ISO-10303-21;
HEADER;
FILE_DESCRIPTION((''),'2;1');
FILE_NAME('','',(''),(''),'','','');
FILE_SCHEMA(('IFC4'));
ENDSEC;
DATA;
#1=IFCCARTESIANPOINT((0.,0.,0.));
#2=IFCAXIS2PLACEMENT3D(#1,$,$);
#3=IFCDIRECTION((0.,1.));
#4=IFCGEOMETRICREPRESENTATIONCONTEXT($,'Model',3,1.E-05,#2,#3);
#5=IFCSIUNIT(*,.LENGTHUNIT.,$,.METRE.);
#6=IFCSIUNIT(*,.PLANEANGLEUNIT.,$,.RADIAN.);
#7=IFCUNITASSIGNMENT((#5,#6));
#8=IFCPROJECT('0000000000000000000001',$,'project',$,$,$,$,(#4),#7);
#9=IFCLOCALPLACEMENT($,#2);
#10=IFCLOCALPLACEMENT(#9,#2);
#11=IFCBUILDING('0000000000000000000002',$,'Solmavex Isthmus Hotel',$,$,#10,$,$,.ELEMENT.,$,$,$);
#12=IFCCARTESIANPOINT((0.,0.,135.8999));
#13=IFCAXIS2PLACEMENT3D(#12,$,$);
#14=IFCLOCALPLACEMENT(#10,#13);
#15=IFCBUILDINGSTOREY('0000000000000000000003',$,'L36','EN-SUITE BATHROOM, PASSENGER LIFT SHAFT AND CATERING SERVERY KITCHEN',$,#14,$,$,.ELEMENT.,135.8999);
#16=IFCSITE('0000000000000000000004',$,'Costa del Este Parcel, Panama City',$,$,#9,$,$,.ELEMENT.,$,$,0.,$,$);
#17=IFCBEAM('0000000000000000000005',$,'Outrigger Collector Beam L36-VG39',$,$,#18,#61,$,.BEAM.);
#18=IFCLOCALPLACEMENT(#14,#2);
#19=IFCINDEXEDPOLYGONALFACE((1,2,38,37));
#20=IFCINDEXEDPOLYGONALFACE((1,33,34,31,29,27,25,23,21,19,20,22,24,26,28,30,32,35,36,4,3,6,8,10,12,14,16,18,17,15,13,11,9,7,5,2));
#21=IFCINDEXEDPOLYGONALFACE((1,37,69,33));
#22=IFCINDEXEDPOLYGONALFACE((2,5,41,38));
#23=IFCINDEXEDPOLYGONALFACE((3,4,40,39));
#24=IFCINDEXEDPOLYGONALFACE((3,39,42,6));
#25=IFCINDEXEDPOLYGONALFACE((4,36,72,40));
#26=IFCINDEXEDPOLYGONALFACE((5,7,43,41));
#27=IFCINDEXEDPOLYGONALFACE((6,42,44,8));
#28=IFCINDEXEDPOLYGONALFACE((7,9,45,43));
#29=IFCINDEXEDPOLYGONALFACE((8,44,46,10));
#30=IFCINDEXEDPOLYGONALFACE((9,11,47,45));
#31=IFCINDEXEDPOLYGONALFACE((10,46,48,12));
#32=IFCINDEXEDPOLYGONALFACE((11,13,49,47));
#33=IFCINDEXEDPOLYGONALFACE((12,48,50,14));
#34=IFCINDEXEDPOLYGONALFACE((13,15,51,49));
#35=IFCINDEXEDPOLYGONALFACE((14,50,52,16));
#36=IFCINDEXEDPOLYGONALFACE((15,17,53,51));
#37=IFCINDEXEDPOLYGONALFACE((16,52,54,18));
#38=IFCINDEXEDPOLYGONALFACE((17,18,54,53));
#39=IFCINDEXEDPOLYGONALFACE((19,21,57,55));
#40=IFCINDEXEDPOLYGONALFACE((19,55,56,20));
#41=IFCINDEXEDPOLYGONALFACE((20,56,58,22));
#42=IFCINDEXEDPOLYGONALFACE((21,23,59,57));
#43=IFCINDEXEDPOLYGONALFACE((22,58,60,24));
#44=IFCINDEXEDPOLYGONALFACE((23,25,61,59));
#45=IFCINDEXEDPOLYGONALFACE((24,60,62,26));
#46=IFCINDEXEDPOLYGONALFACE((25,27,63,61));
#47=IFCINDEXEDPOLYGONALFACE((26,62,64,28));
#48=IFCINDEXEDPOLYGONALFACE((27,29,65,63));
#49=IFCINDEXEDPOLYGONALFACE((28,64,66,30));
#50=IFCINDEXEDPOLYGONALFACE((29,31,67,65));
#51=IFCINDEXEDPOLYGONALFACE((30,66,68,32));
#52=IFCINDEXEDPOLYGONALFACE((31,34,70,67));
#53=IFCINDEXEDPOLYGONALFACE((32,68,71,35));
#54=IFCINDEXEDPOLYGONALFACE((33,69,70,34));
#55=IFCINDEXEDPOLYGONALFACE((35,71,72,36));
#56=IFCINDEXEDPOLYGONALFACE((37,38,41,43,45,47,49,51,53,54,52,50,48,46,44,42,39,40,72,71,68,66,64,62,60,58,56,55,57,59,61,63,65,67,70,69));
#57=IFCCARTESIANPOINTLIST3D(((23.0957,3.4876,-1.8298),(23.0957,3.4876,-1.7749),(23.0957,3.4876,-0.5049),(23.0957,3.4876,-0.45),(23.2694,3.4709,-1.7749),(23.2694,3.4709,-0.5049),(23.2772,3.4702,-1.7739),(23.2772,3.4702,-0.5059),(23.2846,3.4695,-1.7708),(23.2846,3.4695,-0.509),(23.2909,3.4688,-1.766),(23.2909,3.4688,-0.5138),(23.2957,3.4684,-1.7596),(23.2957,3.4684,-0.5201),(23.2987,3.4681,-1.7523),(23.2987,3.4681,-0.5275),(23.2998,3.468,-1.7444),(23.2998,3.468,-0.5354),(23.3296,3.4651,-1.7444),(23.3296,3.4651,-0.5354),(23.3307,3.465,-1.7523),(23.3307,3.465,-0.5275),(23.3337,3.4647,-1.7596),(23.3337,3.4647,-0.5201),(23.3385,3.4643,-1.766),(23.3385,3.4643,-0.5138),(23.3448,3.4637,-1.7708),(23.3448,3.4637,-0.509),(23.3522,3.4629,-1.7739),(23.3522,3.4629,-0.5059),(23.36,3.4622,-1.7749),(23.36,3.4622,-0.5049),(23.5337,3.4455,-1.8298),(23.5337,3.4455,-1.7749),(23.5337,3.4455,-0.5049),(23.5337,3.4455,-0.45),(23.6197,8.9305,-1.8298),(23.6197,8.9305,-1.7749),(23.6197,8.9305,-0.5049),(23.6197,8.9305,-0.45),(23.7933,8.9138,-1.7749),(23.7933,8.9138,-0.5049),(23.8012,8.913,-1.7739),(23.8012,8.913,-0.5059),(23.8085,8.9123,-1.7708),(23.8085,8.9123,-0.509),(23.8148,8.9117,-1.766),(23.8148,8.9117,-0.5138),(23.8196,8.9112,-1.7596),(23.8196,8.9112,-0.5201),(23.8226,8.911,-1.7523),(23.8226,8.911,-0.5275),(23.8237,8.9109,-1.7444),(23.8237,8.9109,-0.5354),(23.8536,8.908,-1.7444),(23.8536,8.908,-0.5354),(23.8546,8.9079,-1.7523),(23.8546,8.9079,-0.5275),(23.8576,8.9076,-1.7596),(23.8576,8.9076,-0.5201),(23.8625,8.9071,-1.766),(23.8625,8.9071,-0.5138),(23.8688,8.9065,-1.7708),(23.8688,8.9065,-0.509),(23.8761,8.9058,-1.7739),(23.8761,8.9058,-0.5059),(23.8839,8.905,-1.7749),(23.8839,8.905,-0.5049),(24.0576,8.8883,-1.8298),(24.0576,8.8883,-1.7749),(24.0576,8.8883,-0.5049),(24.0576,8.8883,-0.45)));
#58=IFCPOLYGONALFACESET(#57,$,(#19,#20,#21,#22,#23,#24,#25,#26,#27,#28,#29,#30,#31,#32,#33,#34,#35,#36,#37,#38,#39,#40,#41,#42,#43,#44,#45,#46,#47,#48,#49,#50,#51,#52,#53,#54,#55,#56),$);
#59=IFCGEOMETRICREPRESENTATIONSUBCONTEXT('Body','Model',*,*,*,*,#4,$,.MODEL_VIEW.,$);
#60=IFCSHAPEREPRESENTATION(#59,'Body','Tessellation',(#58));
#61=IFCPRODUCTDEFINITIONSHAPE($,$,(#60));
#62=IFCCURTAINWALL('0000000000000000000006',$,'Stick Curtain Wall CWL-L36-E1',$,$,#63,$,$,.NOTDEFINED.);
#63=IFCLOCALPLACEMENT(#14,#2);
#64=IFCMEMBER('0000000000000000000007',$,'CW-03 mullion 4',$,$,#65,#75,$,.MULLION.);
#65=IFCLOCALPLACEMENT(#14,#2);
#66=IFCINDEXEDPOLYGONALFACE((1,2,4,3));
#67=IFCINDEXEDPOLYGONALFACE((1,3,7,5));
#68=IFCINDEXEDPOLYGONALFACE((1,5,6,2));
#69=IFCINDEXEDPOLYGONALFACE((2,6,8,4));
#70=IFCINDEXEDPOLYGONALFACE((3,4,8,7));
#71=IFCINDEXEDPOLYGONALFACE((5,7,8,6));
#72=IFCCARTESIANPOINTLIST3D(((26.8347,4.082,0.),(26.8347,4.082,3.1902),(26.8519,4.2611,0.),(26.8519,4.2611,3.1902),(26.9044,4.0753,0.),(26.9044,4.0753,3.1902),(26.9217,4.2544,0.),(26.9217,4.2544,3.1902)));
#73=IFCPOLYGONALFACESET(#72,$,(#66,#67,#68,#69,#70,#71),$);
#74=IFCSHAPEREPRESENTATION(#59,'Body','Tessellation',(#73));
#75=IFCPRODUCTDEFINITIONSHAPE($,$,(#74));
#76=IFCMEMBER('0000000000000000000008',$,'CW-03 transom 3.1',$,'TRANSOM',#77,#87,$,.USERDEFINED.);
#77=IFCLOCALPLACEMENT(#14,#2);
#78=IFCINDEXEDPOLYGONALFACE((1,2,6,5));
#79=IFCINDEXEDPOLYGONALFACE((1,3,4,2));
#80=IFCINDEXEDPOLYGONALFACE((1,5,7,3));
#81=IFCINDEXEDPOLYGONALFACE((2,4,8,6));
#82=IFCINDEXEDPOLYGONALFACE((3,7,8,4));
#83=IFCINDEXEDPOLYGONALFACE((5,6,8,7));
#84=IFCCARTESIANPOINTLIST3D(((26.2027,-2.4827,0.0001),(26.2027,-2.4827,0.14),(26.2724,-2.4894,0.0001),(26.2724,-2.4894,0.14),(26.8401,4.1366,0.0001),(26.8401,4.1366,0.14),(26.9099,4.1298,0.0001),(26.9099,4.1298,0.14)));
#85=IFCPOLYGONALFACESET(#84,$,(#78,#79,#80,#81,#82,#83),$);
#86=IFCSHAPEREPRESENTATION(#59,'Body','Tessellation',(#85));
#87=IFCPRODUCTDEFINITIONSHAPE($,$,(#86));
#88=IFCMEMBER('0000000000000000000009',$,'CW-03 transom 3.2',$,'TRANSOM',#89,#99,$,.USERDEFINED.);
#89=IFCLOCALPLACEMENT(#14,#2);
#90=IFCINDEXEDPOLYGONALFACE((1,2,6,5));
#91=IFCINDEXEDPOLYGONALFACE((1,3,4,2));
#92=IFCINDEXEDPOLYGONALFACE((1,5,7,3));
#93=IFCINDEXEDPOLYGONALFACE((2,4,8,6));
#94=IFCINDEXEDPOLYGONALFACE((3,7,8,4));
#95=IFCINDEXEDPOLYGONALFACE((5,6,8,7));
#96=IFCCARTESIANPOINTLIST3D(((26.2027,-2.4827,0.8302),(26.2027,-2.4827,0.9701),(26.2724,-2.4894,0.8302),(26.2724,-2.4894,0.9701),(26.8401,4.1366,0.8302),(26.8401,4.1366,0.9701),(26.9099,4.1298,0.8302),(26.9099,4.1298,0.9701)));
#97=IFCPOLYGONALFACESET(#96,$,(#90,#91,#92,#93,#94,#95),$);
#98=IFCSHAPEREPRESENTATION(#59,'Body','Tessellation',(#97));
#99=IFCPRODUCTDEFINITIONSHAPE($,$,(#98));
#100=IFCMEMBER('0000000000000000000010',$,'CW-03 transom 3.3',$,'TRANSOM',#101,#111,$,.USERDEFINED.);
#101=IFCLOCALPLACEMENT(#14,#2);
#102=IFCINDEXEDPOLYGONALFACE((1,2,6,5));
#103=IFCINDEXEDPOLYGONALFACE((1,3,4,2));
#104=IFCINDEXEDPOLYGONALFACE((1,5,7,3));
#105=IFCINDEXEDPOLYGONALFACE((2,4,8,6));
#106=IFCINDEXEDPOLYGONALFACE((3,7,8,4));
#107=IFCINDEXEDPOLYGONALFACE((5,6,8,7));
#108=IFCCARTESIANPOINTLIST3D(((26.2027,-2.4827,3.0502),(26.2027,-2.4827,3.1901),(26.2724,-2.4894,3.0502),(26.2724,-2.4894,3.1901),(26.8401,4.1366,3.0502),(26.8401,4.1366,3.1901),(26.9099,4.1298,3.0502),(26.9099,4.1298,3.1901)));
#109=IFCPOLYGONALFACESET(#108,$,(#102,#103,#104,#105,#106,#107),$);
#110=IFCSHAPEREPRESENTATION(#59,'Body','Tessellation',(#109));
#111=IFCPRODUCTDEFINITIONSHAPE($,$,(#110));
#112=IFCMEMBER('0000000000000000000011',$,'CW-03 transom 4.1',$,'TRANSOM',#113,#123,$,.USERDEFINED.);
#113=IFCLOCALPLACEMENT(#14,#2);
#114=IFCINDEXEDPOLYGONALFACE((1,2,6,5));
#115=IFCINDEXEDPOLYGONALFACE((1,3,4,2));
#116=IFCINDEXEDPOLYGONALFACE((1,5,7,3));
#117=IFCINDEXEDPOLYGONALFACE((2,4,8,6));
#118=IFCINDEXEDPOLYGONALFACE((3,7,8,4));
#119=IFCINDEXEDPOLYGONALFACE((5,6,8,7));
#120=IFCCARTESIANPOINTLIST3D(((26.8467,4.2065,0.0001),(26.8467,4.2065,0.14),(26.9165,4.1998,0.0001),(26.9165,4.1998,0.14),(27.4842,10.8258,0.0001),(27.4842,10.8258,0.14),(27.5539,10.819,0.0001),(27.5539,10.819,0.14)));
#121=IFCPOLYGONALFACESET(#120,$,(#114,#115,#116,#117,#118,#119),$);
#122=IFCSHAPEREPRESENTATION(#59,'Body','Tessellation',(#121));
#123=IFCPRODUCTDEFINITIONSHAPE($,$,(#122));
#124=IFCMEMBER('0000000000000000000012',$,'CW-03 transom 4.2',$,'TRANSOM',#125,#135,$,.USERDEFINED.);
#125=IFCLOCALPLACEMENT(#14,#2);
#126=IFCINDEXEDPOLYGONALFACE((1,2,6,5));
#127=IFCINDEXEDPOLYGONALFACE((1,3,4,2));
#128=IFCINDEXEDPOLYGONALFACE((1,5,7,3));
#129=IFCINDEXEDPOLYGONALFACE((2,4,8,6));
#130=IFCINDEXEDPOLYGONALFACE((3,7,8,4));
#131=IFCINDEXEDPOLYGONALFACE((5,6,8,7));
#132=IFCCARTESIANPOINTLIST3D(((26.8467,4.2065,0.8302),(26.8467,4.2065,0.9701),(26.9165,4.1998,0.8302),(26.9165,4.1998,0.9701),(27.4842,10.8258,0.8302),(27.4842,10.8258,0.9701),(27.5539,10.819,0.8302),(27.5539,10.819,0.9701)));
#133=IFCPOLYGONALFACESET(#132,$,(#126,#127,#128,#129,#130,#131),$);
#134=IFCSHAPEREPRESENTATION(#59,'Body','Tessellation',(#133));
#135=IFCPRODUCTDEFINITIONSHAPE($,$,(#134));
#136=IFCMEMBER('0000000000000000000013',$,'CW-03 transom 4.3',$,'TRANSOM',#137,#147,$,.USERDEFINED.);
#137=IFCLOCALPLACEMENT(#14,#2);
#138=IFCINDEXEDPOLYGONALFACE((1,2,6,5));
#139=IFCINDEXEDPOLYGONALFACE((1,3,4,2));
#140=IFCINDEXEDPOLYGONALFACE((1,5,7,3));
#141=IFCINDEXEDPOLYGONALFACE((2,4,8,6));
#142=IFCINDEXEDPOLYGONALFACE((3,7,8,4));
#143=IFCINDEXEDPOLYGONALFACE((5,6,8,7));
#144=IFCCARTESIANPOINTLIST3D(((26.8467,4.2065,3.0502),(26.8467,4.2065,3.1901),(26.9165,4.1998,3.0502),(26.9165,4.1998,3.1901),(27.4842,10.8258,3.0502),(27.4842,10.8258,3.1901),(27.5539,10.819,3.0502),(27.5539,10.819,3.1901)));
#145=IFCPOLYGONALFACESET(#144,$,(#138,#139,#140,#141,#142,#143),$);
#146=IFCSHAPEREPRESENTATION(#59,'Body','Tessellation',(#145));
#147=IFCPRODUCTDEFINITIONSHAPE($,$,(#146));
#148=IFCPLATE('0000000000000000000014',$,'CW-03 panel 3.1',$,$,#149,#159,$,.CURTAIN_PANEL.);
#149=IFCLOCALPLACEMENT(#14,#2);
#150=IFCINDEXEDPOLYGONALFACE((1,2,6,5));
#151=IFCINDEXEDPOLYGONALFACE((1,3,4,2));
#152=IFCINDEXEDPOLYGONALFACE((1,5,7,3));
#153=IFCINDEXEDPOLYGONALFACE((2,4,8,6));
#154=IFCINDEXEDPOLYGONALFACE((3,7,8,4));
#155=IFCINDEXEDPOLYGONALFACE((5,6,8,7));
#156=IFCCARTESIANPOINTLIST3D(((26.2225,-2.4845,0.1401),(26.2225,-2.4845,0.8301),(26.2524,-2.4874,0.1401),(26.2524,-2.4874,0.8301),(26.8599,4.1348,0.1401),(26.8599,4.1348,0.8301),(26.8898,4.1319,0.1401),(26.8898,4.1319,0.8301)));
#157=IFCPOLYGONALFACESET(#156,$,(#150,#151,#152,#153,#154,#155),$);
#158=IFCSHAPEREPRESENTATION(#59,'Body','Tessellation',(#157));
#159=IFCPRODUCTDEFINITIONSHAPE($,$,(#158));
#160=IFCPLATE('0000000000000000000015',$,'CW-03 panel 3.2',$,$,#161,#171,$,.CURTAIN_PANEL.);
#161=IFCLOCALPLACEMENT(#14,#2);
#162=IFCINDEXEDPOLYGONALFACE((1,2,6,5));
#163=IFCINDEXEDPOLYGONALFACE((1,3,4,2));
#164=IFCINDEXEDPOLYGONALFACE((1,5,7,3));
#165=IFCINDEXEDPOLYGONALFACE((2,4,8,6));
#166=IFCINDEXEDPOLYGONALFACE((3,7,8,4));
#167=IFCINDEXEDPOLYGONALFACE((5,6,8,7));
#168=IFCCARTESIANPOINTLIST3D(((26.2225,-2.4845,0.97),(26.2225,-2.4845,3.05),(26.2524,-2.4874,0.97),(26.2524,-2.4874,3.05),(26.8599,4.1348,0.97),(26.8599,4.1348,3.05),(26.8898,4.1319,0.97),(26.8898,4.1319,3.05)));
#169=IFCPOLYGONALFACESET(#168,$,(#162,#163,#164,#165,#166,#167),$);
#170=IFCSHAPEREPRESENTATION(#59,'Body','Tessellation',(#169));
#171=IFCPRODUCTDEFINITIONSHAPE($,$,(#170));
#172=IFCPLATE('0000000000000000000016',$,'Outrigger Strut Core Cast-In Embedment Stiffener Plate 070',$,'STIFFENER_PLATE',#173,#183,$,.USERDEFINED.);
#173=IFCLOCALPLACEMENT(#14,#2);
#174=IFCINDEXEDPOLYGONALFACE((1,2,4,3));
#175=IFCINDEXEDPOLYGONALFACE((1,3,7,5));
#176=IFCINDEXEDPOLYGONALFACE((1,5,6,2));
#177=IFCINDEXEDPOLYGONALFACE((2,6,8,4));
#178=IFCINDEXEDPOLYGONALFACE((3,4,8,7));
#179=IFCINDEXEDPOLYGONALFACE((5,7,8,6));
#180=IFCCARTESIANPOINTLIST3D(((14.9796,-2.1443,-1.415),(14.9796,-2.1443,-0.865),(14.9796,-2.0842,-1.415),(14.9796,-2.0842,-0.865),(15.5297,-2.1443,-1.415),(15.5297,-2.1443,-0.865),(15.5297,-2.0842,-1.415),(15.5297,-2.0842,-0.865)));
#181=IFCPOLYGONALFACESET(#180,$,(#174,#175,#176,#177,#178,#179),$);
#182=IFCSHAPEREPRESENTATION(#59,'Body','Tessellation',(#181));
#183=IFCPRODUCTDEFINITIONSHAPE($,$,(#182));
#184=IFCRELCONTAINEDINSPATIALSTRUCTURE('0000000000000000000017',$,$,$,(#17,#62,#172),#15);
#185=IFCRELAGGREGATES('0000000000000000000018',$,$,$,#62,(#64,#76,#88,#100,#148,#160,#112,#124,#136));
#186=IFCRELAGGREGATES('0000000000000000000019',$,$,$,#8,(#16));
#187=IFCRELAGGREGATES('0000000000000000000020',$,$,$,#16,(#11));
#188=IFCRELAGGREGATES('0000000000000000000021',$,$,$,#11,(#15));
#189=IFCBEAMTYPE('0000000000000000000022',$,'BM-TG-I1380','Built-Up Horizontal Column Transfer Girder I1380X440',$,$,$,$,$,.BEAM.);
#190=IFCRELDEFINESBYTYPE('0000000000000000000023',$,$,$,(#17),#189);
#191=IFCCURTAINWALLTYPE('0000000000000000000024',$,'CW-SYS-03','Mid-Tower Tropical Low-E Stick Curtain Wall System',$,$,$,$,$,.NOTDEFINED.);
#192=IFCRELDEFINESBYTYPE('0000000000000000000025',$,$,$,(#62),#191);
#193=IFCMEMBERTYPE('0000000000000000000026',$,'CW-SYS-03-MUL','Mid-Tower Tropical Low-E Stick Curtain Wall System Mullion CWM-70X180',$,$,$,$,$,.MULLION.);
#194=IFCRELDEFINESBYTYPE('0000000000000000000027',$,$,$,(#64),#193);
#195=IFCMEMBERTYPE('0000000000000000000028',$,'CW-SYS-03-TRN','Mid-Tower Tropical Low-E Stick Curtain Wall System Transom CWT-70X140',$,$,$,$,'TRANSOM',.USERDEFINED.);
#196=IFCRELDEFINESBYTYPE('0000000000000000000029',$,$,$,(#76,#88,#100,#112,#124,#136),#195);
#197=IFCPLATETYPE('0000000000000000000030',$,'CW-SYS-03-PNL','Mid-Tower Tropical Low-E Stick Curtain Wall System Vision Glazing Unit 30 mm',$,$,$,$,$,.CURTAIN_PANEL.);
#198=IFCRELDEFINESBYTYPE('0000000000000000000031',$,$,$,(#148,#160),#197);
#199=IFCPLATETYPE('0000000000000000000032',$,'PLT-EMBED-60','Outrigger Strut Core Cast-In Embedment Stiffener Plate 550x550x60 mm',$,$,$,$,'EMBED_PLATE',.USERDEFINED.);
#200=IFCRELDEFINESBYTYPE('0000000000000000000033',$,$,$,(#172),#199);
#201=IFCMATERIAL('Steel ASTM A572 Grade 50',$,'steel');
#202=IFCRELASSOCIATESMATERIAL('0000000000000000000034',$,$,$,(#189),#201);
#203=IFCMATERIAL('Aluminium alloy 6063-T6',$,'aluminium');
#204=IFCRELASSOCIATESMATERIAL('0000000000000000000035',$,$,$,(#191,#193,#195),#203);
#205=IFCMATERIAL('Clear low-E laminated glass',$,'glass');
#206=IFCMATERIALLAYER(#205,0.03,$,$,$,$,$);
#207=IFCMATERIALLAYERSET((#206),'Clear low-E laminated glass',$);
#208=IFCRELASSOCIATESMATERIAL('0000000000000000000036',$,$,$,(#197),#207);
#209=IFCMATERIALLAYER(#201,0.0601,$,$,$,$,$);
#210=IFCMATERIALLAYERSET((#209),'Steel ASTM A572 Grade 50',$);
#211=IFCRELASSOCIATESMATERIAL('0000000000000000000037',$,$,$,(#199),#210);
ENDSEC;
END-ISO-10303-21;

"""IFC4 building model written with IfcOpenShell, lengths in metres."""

from ifc_helpers import new_model, si_unit, direction, frame, origin, origin_2d, place, context, subcontext, project, spatial, rectangle, i_section, extrude, material, layer, layer_set, material_profile, profile_set, type_object, element, aggregate, save


model = new_model("IFC4")

# Units and contexts
model_context = context("Model", 3, precision=1e-05, world=origin(), true_north=direction((0.0, 1.0)))
body_context = subcontext(model_context, "Body", "Model", "MODEL_VIEW")
ifc_project = project(units=[si_unit("LENGTHUNIT", "METRE"), si_unit("PLANEANGLEUNIT", "RADIAN")], contexts=[model_context])

# Site, building, storey
site_placement = place(None, origin())
site = spatial("IfcSite", under=ifc_project, at=site_placement, Name="Costa del Este Parcel, Panama City", CompositionType="ELEMENT", RefElevation=0.0)
building_placement = place(site_placement, origin())
building = spatial("IfcBuilding", under=site, at=building_placement, Name="Solmavex Isthmus Hotel", CompositionType="ELEMENT")
storey_placement = place(building_placement, frame((0.0, 0.0, 135.8999)))
storey = spatial("IfcBuildingStorey", under=building, at=storey_placement, Name="L36", Description="EN-SUITE BATHROOM, PASSENGER LIFT SHAFT AND CATERING SERVERY KITCHEN", CompositionType="ELEMENT", Elevation=135.8999)

# Beam
ifc_material_1 = material(Name="Steel ASTM A572 Grade 50", Category="steel")
ifc_material_profile_1 = material_profile(ifc_material_1, i_section(OverallWidth=0.4399, OverallDepth=1.3799, WebThickness=0.03, FlangeThickness=0.0549, FilletRadius=0.0305, at=origin_2d()), Name="I1380X440")
ifc_profile_set_1 = profile_set([ifc_material_profile_1], Name="Steel ASTM A572 Grade 50")
beam_type_1 = type_object("IfcBeamType", Name="BM-TG-I1380", Description="Built-Up Horizontal Column Transfer Girder I1380X440", PredefinedType="BEAM", material=ifc_profile_set_1)
beam_1_placement = place(storey_placement, frame((23.3147, 3.4666, -1.1399), z_axis=(0.095816, 0.995399, 0.0), x_axis=(-0.995399, 0.095816, 0.0)))
element("IfcBeam", 1, at=beam_1_placement, inside=storey, type_object=beam_type_1, Name="Outrigger Collector Beam L36-VG39", PredefinedType="BEAM", context=body_context, shape_type="SweptSolid", body=[
    extrude(i_section(OverallWidth=0.4399, OverallDepth=1.3799, WebThickness=0.03, FlangeThickness=0.0549, FilletRadius=0.0305, at=origin_2d()), origin(), (0.0, 0.0, 1.0), 5.468),
])

# Curtain wall, members, plates
ifc_material_2 = material(Name="Aluminium alloy 6063-T6", Category="aluminium")
curtain_wall_type = type_object("IfcCurtainWallType", Name="CW-SYS-03", Description="Mid-Tower Tropical Low-E Stick Curtain Wall System", PredefinedType="NOTDEFINED", material=ifc_material_2)
curtain_wall_placement = place(storey_placement, origin())
curtain_wall = element("IfcCurtainWall", 2, at=curtain_wall_placement, inside=storey, type_object=curtain_wall_type, Name="Stick Curtain Wall CWL-L36-E1", PredefinedType="NOTDEFINED")
ifc_material_profile_2 = material_profile(ifc_material_2, rectangle(XDim=0.0701, YDim=0.1799, at=origin_2d()), Name="CWM-70X180")
ifc_profile_set_2 = profile_set([ifc_material_profile_2], Name="Aluminium alloy 6063-T6")
member_type_1 = type_object("IfcMemberType", Name="CW-SYS-03-MUL", Description="Mid-Tower Tropical Low-E Stick Curtain Wall System Mullion CWM-70X180", PredefinedType="MULLION", material=ifc_profile_set_2)
member_1_placement = place(storey_placement, frame((26.8782, 4.1682, 0.0), z_axis=(0.0, 0.0, 1.0), x_axis=(-0.995396, 0.095846, 0.0)))
member_1 = element("IfcMember", 3, at=member_1_placement, type_object=member_type_1, Name="CW-03 mullion 4", PredefinedType="MULLION", context=body_context, shape_type="SweptSolid", body=[
    extrude(rectangle(XDim=0.0701, YDim=0.1799, at=origin_2d()), origin(), (0.0, 0.0, 1.0), 3.1902),
])
ifc_material_profile_3 = material_profile(ifc_material_2, rectangle(XDim=0.0701, YDim=0.1399, at=origin_2d()), Name="CWT-70X140")
ifc_profile_set_3 = profile_set([ifc_material_profile_3], Name="Aluminium alloy 6063-T6")
member_type_2 = type_object("IfcMemberType", Name="CW-SYS-03-TRN", Description="Mid-Tower Tropical Low-E Stick Curtain Wall System Transom CWT-70X140", ElementType="TRANSOM", PredefinedType="USERDEFINED", material=ifc_profile_set_3)
member_2_placement = place(storey_placement, frame((26.2375, -2.4861, 0.0701), z_axis=(0.095857, 0.995395, 0.0), x_axis=(-0.995395, 0.095857, 0.0)))
member_2 = element("IfcMember", 4, at=member_2_placement, type_object=member_type_2, Name="CW-03 transom 3.1", ObjectType="TRANSOM", PredefinedType="USERDEFINED", context=body_context, shape_type="SweptSolid", body=[
    extrude(rectangle(XDim=0.0701, YDim=0.1399, at=origin_2d()), origin(), (0.0, 0.0, 1.0), 6.6499),
])
member_3_placement = place(storey_placement, frame((26.2375, -2.4861, 0.9001), z_axis=(0.095857, 0.995395, 0.0), x_axis=(-0.995395, 0.095857, 0.0)))
member_3 = element("IfcMember", 5, at=member_3_placement, type_object=member_type_2, Name="CW-03 transom 3.2", ObjectType="TRANSOM", PredefinedType="USERDEFINED", context=body_context, shape_type="SweptSolid", body=[
    extrude(rectangle(XDim=0.0701, YDim=0.1399, at=origin_2d()), origin(), (0.0, 0.0, 1.0), 6.6499),
])
member_4_placement = place(storey_placement, frame((26.2375, -2.4861, 3.1201), z_axis=(0.095857, 0.995395, 0.0), x_axis=(-0.995395, 0.095857, 0.0)))
member_4 = element("IfcMember", 6, at=member_4_placement, type_object=member_type_2, Name="CW-03 transom 3.3", ObjectType="TRANSOM", PredefinedType="USERDEFINED", context=body_context, shape_type="SweptSolid", body=[
    extrude(rectangle(XDim=0.0701, YDim=0.1399, at=origin_2d()), origin(), (0.0, 0.0, 1.0), 6.6499),
])
member_5_placement = place(storey_placement, frame((26.8816, 4.2031, 0.0701), z_axis=(0.095857, 0.995395, 0.0), x_axis=(-0.995395, 0.095857, 0.0)))
member_5 = element("IfcMember", 7, at=member_5_placement, type_object=member_type_2, Name="CW-03 transom 4.1", ObjectType="TRANSOM", PredefinedType="USERDEFINED", context=body_context, shape_type="SweptSolid", body=[
    extrude(rectangle(XDim=0.0701, YDim=0.1399, at=origin_2d()), origin(), (0.0, 0.0, 1.0), 6.6499),
])
member_6_placement = place(storey_placement, frame((26.8816, 4.2031, 0.9001), z_axis=(0.095857, 0.995395, 0.0), x_axis=(-0.995395, 0.095857, 0.0)))
member_6 = element("IfcMember", 8, at=member_6_placement, type_object=member_type_2, Name="CW-03 transom 4.2", ObjectType="TRANSOM", PredefinedType="USERDEFINED", context=body_context, shape_type="SweptSolid", body=[
    extrude(rectangle(XDim=0.0701, YDim=0.1399, at=origin_2d()), origin(), (0.0, 0.0, 1.0), 6.6499),
])
member_7_placement = place(storey_placement, frame((26.8816, 4.2031, 3.1201), z_axis=(0.095857, 0.995395, 0.0), x_axis=(-0.995395, 0.095857, 0.0)))
member_7 = element("IfcMember", 9, at=member_7_placement, type_object=member_type_2, Name="CW-03 transom 4.3", ObjectType="TRANSOM", PredefinedType="USERDEFINED", context=body_context, shape_type="SweptSolid", body=[
    extrude(rectangle(XDim=0.0701, YDim=0.1399, at=origin_2d()), origin(), (0.0, 0.0, 1.0), 6.6499),
])
ifc_material_3 = material(Name="Clear low-E laminated glass", Category="glass")
ifc_layer_1 = layer(ifc_material_3, 0.03)
ifc_layer_set_1 = layer_set([ifc_layer_1], Name="Clear low-E laminated glass")
plate_type_1 = type_object("IfcPlateType", Name="CW-SYS-03-PNL", Description="Mid-Tower Tropical Low-E Stick Curtain Wall System Vision Glazing Unit 30 mm", PredefinedType="CURTAIN_PANEL", material=ifc_layer_set_1)
plate_1_placement = place(storey_placement, frame((26.5562, 0.8237, 0.1401), z_axis=(0.0, 0.0, 1.0), x_axis=(0.095846, 0.995396, 0.0)))
plate_1 = element("IfcPlate", 10, at=plate_1_placement, type_object=plate_type_1, Name="CW-03 panel 3.1", PredefinedType="CURTAIN_PANEL", context=body_context, shape_type="SweptSolid", body=[
    extrude(rectangle(XDim=6.6499, YDim=0.03, at=origin_2d()), origin(), (0.0, 0.0, 1.0), 0.6899),
])
plate_2_placement = place(storey_placement, frame((26.5562, 0.8237, 0.97), z_axis=(0.0, 0.0, 1.0), x_axis=(0.095846, 0.995396, 0.0)))
plate_2 = element("IfcPlate", 11, at=plate_2_placement, type_object=plate_type_1, Name="CW-03 panel 3.2", PredefinedType="CURTAIN_PANEL", context=body_context, shape_type="SweptSolid", body=[
    extrude(rectangle(XDim=6.6499, YDim=0.03, at=origin_2d()), origin(), (0.0, 0.0, 1.0), 2.0801),
])
aggregate(curtain_wall, [member_1, member_2, member_3, member_4, plate_1, plate_2, member_5, member_6, member_7])

# Plate
ifc_layer_2 = layer(ifc_material_1, 0.0601)
ifc_layer_set_2 = layer_set([ifc_layer_2], Name="Steel ASTM A572 Grade 50")
plate_type_2 = type_object("IfcPlateType", Name="PLT-EMBED-60", Description="Outrigger Strut Core Cast-In Embedment Stiffener Plate 550x550x60 mm", ElementType="EMBED_PLATE", PredefinedType="USERDEFINED", material=ifc_layer_set_2)
plate_3_placement = place(storey_placement, frame((15.2546, -2.1143, -1.415), z_axis=(0.0, 0.0, 1.0), x_axis=(1.0, 0.0, 0.0)))
element("IfcPlate", 12, at=plate_3_placement, inside=storey, type_object=plate_type_2, Name="Outrigger Strut Core Cast-In Embedment Stiffener Plate 070", ObjectType="STIFFENER_PLATE", PredefinedType="USERDEFINED", context=body_context, shape_type="SweptSolid", body=[
    extrude(rectangle(XDim=0.55, YDim=0.0601, at=origin_2d()), origin(), (0.0, 0.0, 1.0), 0.55),
])

save(model, "model.ifc")
